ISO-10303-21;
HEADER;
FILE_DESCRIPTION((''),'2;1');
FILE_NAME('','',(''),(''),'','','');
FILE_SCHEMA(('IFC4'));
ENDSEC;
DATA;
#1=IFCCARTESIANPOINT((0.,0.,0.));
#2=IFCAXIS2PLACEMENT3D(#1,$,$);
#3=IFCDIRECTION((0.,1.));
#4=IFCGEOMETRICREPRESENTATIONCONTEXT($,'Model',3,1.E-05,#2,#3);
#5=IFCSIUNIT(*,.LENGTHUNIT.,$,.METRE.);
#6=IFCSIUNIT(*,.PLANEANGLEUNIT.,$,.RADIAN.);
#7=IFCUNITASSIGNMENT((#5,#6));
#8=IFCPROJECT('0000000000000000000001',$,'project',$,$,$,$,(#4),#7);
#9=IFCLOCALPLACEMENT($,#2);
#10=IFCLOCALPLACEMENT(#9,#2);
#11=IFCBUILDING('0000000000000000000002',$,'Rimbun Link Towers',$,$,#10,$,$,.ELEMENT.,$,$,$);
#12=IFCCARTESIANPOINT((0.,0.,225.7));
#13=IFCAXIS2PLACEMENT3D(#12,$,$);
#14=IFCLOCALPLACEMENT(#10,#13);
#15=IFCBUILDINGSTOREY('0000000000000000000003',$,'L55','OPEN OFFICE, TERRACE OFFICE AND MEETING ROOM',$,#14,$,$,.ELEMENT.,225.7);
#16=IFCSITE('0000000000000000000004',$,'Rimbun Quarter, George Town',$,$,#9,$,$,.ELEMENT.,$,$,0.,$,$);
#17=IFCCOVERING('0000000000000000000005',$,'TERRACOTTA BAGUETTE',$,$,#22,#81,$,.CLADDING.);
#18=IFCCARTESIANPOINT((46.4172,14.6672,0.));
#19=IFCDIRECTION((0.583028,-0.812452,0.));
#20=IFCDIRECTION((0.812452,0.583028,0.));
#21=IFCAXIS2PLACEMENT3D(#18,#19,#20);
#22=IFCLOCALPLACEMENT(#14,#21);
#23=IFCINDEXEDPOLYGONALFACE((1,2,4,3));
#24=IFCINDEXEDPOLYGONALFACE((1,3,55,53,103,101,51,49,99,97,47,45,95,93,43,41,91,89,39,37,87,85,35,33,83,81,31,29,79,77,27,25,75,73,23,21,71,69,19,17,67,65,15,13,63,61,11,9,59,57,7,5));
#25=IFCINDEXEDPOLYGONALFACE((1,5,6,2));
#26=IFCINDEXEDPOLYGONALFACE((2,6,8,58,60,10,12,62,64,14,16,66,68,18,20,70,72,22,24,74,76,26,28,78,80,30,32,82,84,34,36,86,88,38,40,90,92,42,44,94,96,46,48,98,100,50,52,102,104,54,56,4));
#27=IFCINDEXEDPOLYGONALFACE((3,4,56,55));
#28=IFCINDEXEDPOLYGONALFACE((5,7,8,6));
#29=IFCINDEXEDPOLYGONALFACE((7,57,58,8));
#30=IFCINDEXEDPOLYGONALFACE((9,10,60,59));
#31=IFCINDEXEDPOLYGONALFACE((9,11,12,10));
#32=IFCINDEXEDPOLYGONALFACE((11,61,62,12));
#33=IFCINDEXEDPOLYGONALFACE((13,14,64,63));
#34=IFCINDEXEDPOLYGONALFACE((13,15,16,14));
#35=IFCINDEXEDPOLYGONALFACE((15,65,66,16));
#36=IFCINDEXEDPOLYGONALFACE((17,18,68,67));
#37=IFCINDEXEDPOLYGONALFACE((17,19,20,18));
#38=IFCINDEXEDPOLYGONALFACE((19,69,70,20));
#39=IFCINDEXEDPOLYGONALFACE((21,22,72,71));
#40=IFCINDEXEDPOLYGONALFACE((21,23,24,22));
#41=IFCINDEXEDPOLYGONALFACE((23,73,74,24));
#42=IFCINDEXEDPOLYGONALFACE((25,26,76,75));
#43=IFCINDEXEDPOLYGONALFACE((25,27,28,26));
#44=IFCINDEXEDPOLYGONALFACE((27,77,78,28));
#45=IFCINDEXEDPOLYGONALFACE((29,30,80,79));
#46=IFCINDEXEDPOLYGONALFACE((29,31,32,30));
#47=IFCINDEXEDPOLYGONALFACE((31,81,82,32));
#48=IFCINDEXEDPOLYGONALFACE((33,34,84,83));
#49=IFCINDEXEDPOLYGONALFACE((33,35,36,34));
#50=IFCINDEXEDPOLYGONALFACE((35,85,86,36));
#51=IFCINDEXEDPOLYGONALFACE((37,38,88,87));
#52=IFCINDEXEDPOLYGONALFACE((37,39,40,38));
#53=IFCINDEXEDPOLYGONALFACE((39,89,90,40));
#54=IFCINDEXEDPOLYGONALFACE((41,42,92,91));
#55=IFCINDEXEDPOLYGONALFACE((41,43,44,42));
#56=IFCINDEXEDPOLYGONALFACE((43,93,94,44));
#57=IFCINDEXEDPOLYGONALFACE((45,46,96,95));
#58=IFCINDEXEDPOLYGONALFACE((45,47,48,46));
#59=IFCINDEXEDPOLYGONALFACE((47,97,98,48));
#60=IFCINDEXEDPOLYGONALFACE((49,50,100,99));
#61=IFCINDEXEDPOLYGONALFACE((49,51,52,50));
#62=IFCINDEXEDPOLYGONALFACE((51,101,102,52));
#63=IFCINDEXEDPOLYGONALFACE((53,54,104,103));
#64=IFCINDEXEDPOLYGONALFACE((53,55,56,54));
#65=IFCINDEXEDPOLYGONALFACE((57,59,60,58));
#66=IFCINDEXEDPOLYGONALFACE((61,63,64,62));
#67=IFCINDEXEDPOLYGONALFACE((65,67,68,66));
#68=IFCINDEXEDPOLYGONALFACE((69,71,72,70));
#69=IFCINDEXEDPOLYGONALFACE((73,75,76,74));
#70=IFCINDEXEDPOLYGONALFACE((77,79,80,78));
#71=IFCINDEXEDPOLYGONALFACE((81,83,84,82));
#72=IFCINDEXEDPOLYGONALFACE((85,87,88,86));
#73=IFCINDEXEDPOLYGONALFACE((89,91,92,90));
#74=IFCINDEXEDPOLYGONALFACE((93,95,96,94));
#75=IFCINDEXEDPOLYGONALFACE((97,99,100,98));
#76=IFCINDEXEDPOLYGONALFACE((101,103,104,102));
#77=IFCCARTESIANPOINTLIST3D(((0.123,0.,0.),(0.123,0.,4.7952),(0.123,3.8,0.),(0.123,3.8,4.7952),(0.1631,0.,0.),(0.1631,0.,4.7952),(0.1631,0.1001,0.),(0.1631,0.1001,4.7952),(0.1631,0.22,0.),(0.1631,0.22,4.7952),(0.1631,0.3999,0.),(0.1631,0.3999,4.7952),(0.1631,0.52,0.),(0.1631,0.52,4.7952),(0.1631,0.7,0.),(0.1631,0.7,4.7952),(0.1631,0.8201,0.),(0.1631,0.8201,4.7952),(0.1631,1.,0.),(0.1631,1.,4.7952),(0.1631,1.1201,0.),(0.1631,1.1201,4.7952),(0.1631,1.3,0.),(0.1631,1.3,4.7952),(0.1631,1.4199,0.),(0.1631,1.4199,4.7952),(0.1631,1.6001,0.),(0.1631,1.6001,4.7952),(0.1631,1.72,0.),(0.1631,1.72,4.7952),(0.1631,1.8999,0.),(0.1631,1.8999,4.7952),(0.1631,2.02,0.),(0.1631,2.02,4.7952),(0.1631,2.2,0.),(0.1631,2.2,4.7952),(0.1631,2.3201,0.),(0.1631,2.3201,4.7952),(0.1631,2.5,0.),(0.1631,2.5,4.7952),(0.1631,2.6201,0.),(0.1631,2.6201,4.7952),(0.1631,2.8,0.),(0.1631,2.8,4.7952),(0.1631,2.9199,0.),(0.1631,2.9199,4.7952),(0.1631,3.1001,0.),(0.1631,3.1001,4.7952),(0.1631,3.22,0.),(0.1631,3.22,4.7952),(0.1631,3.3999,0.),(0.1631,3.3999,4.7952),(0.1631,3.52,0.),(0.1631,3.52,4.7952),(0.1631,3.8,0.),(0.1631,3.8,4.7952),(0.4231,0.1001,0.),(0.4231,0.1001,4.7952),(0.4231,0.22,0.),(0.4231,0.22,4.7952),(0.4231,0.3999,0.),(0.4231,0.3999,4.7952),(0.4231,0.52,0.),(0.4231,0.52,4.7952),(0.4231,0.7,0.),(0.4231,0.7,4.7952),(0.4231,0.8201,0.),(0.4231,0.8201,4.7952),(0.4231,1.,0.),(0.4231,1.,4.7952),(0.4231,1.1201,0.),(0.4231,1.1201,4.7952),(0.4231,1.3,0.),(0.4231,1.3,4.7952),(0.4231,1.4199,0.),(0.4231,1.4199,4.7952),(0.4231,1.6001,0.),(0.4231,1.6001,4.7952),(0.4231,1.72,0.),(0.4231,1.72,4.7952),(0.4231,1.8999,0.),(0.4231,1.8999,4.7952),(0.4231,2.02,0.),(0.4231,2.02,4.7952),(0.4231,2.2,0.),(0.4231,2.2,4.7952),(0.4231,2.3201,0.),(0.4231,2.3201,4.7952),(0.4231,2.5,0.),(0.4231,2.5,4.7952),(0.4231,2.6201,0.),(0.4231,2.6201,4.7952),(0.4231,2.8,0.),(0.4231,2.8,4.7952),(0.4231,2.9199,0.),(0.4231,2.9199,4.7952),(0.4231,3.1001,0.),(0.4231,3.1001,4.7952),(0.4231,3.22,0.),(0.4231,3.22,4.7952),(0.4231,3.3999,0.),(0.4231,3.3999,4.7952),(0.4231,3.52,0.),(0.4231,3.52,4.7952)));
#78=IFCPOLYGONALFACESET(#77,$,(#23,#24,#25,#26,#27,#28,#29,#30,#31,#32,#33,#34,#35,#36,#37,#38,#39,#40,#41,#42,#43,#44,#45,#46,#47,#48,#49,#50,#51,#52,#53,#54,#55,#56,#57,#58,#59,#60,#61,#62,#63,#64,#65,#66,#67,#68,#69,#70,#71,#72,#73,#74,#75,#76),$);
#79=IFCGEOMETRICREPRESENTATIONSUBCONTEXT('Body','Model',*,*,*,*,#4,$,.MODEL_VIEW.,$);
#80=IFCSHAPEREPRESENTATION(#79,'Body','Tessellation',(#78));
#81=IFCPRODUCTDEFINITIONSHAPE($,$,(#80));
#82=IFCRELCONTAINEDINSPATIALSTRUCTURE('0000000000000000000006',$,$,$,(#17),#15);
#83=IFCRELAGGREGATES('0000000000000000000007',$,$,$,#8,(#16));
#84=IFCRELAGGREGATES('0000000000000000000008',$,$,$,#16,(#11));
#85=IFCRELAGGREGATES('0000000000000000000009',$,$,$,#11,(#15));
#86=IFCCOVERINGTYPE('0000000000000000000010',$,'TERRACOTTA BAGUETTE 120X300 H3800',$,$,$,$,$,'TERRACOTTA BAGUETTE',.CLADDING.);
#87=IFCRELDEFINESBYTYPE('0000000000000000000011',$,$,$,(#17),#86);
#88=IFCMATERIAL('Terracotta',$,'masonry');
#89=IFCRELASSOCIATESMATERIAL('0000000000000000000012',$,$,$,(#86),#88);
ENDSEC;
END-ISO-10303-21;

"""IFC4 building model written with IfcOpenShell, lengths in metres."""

from ifc_helpers import new_model, si_unit, direction, frame, origin, place, context, subcontext, project, spatial, polyline, outline, extrude, material, material_profile, profile_set, type_object, element, save


model = new_model("IFC4")

# Units and contexts
model_context = context("Model", 3, precision=1e-05, world=origin(), true_north=direction((0.0, 1.0)))
body_context = subcontext(model_context, "Body", "Model", "MODEL_VIEW")
ifc_project = project(units=[si_unit("LENGTHUNIT", "METRE"), si_unit("PLANEANGLEUNIT", "RADIAN")], contexts=[model_context])

# Site, building, storey
site_placement = place(None, origin())
site = spatial("IfcSite", under=ifc_project, at=site_placement, Name="Rimbun Quarter, George Town", CompositionType="ELEMENT", RefElevation=0.0)
building_placement = place(site_placement, origin())
building = spatial("IfcBuilding", under=site, at=building_placement, Name="Rimbun Link Towers", CompositionType="ELEMENT")
storey_placement = place(building_placement, frame((0.0, 0.0, 225.7)))
storey = spatial("IfcBuildingStorey", under=building, at=storey_placement, Name="L55", Description="OPEN OFFICE, TERRACE OFFICE AND MEETING ROOM", CompositionType="ELEMENT", Elevation=225.7)

# Covering
ifc_material_1 = material(Name="Terracotta", Category="masonry")
ifc_material_profile_1 = material_profile(ifc_material_1, outline(polyline([(0.123, 0.0), (0.1631, 0.0), (0.1631, 0.1001), (0.4231, 0.1001), (0.4231, 0.22), (0.1631, 0.22), (0.1631, 0.3999), (0.4231, 0.3999), (0.4231, 0.52), (0.1631, 0.52), (0.1631, 0.7), (0.4231, 0.7), (0.4231, 0.8201), (0.1631, 0.8201), (0.1631, 1.0), (0.4231, 1.0), (0.4231, 1.1201), (0.1631, 1.1201), (0.1631, 1.3), (0.4231, 1.3), (0.4231, 1.4199), (0.1631, 1.4199), (0.1631, 1.6001), (0.4231, 1.6001), (0.4231, 1.72), (0.1631, 1.72), (0.1631, 1.8999), (0.4231, 1.8999), (0.4231, 2.02), (0.1631, 2.02), (0.1631, 2.2), (0.4231, 2.2), (0.4231, 2.3201), (0.1631, 2.3201), (0.1631, 2.5), (0.4231, 2.5), (0.4231, 2.6201), (0.1631, 2.6201), (0.1631, 2.8), (0.4231, 2.8), (0.4231, 2.9199), (0.1631, 2.9199), (0.1631, 3.1001), (0.4231, 3.1001), (0.4231, 3.22), (0.1631, 3.22), (0.1631, 3.3999), (0.4231, 3.3999), (0.4231, 3.52), (0.1631, 3.52), (0.1631, 3.8), (0.123, 3.8), (0.123, 0.0)])), Name="BAGUETTE 120X300")
ifc_profile_set_1 = profile_set([ifc_material_profile_1], Name="Terracotta")
covering_type = type_object("IfcCoveringType", Name="TERRACOTTA BAGUETTE 120X300 H3800", ElementType="TERRACOTTA BAGUETTE", PredefinedType="CLADDING", material=ifc_profile_set_1)
covering_1_placement = place(storey_placement, frame((46.4172, 14.6672, 0.0), z_axis=(0.583028, -0.812452, 0.0), x_axis=(0.812452, 0.583028, 0.0)))
element("IfcCovering", 1, at=covering_1_placement, inside=storey, type_object=covering_type, Name="TERRACOTTA BAGUETTE", PredefinedType="CLADDING", context=body_context, shape_type="SweptSolid", body=[
    extrude(outline(polyline([(0.123, 0.0), (0.1631, 0.0), (0.1631, 0.1001), (0.4231, 0.1001), (0.4231, 0.22), (0.1631, 0.22), (0.1631, 0.3999), (0.4231, 0.3999), (0.4231, 0.52), (0.1631, 0.52), (0.1631, 0.7), (0.4231, 0.7), (0.4231, 0.8201), (0.1631, 0.8201), (0.1631, 1.0), (0.4231, 1.0), (0.4231, 1.1201), (0.1631, 1.1201), (0.1631, 1.3), (0.4231, 1.3), (0.4231, 1.4199), (0.1631, 1.4199), (0.1631, 1.6001), (0.4231, 1.6001), (0.4231, 1.72), (0.1631, 1.72), (0.1631, 1.8999), (0.4231, 1.8999), (0.4231, 2.02), (0.1631, 2.02), (0.1631, 2.2), (0.4231, 2.2), (0.4231, 2.3201), (0.1631, 2.3201), (0.1631, 2.5), (0.4231, 2.5), (0.4231, 2.6201), (0.1631, 2.6201), (0.1631, 2.8), (0.4231, 2.8), (0.4231, 2.9199), (0.1631, 2.9199), (0.1631, 3.1001), (0.4231, 3.1001), (0.4231, 3.22), (0.1631, 3.22), (0.1631, 3.3999), (0.4231, 3.3999), (0.4231, 3.52), (0.1631, 3.52), (0.1631, 3.8), (0.123, 3.8), (0.123, 0.0)])), origin(), (0.0, 0.0, 1.0), 4.7952),
])

save(model, "model.ifc")
